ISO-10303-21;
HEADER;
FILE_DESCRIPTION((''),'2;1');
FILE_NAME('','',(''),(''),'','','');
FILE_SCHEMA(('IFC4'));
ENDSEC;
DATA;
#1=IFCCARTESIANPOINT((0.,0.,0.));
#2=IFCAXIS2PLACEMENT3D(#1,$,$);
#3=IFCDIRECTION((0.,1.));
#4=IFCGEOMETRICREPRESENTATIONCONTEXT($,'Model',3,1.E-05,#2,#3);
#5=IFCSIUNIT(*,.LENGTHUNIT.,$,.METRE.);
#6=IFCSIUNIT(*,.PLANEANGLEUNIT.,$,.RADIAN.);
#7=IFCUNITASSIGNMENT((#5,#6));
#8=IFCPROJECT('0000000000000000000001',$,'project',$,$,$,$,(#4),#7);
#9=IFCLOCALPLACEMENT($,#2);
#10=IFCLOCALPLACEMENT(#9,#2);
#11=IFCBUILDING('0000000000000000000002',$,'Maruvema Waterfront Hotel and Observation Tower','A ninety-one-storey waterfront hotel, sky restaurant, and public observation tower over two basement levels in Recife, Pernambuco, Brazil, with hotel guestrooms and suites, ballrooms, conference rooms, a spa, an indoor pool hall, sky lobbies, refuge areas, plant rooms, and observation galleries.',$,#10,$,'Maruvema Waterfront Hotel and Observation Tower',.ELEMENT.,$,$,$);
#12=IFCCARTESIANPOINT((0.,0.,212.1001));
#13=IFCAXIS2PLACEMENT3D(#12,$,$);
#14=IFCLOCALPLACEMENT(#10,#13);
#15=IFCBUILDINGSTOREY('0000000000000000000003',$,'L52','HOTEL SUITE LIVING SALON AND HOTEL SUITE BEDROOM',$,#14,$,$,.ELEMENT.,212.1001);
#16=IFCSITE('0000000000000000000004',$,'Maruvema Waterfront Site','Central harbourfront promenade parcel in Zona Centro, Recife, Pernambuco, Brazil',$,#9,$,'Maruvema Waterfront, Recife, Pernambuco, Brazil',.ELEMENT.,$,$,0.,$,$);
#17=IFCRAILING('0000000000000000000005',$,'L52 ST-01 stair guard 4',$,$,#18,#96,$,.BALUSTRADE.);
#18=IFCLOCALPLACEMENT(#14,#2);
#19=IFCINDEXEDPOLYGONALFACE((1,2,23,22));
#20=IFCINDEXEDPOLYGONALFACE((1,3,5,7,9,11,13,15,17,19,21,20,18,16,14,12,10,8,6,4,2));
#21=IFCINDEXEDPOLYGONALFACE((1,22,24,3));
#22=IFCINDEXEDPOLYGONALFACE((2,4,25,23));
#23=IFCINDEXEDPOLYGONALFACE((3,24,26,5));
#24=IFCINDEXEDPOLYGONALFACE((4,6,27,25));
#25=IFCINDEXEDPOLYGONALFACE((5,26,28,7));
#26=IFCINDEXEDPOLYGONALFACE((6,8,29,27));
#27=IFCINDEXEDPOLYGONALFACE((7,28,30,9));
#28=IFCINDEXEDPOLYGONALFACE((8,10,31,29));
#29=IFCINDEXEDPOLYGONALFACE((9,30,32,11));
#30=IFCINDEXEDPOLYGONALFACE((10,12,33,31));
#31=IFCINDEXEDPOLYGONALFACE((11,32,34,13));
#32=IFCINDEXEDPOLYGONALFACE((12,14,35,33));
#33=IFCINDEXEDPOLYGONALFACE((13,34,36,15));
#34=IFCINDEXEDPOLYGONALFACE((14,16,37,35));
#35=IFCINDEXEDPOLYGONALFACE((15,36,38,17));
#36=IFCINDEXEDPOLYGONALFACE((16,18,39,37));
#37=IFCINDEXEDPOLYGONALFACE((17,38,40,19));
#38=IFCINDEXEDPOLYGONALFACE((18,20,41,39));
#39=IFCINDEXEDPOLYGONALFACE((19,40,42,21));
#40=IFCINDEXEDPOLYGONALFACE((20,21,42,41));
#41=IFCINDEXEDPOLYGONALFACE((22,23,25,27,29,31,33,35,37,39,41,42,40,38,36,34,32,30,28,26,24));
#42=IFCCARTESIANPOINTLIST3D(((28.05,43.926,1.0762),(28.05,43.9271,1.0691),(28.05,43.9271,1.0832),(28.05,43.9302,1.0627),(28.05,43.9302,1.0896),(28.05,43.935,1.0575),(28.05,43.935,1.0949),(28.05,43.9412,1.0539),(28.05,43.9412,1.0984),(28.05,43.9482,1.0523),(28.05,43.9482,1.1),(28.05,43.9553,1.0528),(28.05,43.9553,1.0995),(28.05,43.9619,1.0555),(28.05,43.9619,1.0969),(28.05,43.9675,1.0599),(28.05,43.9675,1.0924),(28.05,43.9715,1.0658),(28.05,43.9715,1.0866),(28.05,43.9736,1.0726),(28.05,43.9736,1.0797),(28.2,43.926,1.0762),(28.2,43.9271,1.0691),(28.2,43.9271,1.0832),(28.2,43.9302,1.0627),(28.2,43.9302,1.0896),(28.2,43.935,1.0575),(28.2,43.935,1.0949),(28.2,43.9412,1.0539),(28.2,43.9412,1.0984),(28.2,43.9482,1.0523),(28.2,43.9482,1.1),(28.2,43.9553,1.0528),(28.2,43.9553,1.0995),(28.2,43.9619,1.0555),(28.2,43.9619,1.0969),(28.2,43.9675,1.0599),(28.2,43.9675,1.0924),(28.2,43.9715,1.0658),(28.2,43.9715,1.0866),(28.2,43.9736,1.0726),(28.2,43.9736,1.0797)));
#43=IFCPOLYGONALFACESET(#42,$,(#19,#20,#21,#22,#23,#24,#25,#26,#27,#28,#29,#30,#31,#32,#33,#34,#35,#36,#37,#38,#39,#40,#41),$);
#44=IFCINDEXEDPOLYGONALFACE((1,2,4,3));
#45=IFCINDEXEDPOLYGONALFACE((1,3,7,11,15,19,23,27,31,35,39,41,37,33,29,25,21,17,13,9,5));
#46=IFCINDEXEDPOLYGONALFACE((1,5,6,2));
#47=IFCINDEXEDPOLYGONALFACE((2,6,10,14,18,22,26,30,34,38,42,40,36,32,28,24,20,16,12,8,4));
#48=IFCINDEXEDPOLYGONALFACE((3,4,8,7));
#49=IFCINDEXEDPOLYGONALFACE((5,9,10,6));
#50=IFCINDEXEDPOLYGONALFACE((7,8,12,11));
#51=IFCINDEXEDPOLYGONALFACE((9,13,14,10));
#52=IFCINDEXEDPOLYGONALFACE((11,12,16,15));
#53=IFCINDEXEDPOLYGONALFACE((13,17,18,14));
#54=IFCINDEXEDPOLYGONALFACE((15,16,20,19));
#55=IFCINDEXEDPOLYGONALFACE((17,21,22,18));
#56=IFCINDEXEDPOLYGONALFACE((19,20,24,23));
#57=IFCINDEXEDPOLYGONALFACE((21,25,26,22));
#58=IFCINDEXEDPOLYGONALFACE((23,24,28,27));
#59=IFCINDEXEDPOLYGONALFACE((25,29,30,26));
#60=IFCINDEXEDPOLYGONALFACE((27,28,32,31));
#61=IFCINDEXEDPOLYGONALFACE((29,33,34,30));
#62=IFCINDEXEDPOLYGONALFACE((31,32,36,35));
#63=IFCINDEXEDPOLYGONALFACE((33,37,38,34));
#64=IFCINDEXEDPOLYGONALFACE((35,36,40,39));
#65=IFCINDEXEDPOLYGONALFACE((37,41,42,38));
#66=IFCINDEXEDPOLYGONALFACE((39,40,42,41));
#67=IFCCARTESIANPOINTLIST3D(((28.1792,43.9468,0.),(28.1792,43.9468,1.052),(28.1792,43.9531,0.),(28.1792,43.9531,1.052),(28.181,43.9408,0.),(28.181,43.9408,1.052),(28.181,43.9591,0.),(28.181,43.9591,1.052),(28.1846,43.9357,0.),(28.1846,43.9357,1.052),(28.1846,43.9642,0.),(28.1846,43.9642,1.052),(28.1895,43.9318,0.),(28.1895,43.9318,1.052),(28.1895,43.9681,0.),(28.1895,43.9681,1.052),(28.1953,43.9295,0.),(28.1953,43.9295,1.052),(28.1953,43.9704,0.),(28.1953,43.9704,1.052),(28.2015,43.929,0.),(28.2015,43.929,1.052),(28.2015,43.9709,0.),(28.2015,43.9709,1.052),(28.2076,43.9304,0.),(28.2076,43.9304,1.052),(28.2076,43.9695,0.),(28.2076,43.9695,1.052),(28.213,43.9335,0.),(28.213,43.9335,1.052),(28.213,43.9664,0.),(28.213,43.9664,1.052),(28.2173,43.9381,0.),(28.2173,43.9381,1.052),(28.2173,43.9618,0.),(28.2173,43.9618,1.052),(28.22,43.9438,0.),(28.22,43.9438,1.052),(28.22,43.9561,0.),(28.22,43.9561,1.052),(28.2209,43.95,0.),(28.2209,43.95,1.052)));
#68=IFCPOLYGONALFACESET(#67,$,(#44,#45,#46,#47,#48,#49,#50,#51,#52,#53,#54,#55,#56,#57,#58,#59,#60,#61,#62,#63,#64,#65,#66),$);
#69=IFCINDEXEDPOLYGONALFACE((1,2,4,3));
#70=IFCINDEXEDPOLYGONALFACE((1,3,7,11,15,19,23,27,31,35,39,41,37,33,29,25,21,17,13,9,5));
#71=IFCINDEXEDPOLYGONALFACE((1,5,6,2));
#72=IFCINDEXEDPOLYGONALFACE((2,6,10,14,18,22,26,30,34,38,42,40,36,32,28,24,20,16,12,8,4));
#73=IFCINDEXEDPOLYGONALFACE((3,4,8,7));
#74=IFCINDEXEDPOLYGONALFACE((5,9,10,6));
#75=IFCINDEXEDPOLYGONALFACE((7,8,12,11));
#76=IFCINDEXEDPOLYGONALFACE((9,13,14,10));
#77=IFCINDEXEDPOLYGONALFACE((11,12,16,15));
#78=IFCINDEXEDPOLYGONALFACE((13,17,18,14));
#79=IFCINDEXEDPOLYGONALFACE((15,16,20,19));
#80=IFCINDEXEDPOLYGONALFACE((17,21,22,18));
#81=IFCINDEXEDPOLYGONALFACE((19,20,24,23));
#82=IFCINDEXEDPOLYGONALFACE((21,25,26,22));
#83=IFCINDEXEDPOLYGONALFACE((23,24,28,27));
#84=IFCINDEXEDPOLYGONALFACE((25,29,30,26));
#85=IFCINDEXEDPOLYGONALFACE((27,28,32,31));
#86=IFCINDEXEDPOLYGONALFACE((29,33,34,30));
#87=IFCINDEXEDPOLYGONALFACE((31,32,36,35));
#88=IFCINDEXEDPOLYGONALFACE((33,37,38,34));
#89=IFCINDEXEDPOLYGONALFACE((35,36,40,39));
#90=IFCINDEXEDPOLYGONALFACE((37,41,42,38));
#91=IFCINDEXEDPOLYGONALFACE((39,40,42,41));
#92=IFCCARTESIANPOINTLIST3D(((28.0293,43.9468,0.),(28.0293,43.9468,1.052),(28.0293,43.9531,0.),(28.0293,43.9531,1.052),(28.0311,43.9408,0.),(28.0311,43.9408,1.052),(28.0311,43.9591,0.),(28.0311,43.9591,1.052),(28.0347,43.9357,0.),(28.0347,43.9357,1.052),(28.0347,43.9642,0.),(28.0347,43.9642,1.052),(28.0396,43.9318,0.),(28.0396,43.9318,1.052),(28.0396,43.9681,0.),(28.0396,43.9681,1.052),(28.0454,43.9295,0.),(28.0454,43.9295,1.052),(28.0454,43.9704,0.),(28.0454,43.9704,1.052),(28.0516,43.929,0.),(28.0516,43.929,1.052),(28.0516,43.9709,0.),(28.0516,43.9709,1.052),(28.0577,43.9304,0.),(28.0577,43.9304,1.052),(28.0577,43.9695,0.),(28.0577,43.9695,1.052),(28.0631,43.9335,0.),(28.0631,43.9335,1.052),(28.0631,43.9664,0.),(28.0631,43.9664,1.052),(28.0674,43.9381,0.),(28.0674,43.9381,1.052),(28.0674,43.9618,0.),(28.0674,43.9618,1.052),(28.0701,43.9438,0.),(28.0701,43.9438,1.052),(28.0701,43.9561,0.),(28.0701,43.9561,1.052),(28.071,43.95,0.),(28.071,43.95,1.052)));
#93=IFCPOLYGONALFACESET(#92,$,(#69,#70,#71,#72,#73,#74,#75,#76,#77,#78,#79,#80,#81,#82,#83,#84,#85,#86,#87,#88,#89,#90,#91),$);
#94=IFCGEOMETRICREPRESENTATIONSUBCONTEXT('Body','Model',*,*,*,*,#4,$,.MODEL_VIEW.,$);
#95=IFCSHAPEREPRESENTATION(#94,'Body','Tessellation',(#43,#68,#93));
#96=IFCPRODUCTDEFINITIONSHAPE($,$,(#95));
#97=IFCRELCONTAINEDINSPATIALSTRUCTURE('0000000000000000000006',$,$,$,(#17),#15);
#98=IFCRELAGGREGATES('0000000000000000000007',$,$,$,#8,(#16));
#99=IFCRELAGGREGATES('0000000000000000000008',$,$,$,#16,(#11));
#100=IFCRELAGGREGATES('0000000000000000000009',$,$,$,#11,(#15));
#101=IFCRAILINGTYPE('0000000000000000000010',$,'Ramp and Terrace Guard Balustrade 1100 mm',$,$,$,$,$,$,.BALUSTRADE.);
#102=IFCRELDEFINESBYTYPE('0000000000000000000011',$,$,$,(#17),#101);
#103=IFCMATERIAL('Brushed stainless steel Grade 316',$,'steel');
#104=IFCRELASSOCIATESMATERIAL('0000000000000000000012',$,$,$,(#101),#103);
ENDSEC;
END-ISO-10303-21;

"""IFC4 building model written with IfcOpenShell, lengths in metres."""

from ifc_helpers import new_model, si_unit, direction, frame, origin, origin_2d, place, context, subcontext, project, spatial, circle, extrude, material, type_object, element, save


model = new_model("IFC4")

# Units and contexts
model_context = context("Model", 3, precision=1e-05, world=origin(), true_north=direction((0.0, 1.0)))
body_context = subcontext(model_context, "Body", "Model", "MODEL_VIEW")
ifc_project = project(units=[si_unit("LENGTHUNIT", "METRE"), si_unit("PLANEANGLEUNIT", "RADIAN")], contexts=[model_context])

# Site, building, storey
site_placement = place(None, origin())
site = spatial("IfcSite", under=ifc_project, at=site_placement, Name="Maruvema Waterfront Site", Description="Central harbourfront promenade parcel in Zona Centro, Recife, Pernambuco, Brazil", LongName="Maruvema Waterfront, Recife, Pernambuco, Brazil", CompositionType="ELEMENT", RefElevation=0.0)
building_placement = place(site_placement, origin())
building = spatial("IfcBuilding", under=site, at=building_placement, Name="Maruvema Waterfront Hotel and Observation Tower", Description="A ninety-one-storey waterfront hotel, sky restaurant, and public observation tower over two basement levels in Recife, Pernambuco, Brazil, with hotel guestrooms and suites, ballrooms, conference rooms, a spa, an indoor pool hall, sky lobbies, refuge areas, plant rooms, and observation galleries.", LongName="Maruvema Waterfront Hotel and Observation Tower", CompositionType="ELEMENT")
storey_placement = place(building_placement, frame((0.0, 0.0, 212.1001)))
storey = spatial("IfcBuildingStorey", under=building, at=storey_placement, Name="L52", Description="HOTEL SUITE LIVING SALON AND HOTEL SUITE BEDROOM", CompositionType="ELEMENT", Elevation=212.1001)

# Railing
ifc_material_1 = material(Name="Brushed stainless steel Grade 316", Category="steel")
railing_type = type_object("IfcRailingType", Name="Ramp and Terrace Guard Balustrade 1100 mm", PredefinedType="BALUSTRADE", material=ifc_material_1)
railing_1_placement = place(storey_placement, frame((28.2, 43.95, 0.0)))
element("IfcRailing", 1, at=railing_1_placement, inside=storey, type_object=railing_type, Name="L52 ST-01 stair guard 4", PredefinedType="BALUSTRADE", context=body_context, shape_type="SweptSolid", body=[
    extrude(circle(Radius=0.0239, at=origin_2d()), frame((0.0, 0.0, 1.0762), z_axis=(-1.0, 0.0, 0.0), x_axis=(0.0, -1.0, 0.0)), (0.0, 0.0, 1.0), 0.1499),
    extrude(circle(Radius=0.021, at=origin_2d()), origin(), (0.0, 0.0, 1.0), 1.052),
    extrude(circle(Radius=0.021, at=origin_2d()), frame((-0.1499, 0.0, 0.0)), (0.0, 0.0, 1.0), 1.052),
])

save(model, "model.ifc")
